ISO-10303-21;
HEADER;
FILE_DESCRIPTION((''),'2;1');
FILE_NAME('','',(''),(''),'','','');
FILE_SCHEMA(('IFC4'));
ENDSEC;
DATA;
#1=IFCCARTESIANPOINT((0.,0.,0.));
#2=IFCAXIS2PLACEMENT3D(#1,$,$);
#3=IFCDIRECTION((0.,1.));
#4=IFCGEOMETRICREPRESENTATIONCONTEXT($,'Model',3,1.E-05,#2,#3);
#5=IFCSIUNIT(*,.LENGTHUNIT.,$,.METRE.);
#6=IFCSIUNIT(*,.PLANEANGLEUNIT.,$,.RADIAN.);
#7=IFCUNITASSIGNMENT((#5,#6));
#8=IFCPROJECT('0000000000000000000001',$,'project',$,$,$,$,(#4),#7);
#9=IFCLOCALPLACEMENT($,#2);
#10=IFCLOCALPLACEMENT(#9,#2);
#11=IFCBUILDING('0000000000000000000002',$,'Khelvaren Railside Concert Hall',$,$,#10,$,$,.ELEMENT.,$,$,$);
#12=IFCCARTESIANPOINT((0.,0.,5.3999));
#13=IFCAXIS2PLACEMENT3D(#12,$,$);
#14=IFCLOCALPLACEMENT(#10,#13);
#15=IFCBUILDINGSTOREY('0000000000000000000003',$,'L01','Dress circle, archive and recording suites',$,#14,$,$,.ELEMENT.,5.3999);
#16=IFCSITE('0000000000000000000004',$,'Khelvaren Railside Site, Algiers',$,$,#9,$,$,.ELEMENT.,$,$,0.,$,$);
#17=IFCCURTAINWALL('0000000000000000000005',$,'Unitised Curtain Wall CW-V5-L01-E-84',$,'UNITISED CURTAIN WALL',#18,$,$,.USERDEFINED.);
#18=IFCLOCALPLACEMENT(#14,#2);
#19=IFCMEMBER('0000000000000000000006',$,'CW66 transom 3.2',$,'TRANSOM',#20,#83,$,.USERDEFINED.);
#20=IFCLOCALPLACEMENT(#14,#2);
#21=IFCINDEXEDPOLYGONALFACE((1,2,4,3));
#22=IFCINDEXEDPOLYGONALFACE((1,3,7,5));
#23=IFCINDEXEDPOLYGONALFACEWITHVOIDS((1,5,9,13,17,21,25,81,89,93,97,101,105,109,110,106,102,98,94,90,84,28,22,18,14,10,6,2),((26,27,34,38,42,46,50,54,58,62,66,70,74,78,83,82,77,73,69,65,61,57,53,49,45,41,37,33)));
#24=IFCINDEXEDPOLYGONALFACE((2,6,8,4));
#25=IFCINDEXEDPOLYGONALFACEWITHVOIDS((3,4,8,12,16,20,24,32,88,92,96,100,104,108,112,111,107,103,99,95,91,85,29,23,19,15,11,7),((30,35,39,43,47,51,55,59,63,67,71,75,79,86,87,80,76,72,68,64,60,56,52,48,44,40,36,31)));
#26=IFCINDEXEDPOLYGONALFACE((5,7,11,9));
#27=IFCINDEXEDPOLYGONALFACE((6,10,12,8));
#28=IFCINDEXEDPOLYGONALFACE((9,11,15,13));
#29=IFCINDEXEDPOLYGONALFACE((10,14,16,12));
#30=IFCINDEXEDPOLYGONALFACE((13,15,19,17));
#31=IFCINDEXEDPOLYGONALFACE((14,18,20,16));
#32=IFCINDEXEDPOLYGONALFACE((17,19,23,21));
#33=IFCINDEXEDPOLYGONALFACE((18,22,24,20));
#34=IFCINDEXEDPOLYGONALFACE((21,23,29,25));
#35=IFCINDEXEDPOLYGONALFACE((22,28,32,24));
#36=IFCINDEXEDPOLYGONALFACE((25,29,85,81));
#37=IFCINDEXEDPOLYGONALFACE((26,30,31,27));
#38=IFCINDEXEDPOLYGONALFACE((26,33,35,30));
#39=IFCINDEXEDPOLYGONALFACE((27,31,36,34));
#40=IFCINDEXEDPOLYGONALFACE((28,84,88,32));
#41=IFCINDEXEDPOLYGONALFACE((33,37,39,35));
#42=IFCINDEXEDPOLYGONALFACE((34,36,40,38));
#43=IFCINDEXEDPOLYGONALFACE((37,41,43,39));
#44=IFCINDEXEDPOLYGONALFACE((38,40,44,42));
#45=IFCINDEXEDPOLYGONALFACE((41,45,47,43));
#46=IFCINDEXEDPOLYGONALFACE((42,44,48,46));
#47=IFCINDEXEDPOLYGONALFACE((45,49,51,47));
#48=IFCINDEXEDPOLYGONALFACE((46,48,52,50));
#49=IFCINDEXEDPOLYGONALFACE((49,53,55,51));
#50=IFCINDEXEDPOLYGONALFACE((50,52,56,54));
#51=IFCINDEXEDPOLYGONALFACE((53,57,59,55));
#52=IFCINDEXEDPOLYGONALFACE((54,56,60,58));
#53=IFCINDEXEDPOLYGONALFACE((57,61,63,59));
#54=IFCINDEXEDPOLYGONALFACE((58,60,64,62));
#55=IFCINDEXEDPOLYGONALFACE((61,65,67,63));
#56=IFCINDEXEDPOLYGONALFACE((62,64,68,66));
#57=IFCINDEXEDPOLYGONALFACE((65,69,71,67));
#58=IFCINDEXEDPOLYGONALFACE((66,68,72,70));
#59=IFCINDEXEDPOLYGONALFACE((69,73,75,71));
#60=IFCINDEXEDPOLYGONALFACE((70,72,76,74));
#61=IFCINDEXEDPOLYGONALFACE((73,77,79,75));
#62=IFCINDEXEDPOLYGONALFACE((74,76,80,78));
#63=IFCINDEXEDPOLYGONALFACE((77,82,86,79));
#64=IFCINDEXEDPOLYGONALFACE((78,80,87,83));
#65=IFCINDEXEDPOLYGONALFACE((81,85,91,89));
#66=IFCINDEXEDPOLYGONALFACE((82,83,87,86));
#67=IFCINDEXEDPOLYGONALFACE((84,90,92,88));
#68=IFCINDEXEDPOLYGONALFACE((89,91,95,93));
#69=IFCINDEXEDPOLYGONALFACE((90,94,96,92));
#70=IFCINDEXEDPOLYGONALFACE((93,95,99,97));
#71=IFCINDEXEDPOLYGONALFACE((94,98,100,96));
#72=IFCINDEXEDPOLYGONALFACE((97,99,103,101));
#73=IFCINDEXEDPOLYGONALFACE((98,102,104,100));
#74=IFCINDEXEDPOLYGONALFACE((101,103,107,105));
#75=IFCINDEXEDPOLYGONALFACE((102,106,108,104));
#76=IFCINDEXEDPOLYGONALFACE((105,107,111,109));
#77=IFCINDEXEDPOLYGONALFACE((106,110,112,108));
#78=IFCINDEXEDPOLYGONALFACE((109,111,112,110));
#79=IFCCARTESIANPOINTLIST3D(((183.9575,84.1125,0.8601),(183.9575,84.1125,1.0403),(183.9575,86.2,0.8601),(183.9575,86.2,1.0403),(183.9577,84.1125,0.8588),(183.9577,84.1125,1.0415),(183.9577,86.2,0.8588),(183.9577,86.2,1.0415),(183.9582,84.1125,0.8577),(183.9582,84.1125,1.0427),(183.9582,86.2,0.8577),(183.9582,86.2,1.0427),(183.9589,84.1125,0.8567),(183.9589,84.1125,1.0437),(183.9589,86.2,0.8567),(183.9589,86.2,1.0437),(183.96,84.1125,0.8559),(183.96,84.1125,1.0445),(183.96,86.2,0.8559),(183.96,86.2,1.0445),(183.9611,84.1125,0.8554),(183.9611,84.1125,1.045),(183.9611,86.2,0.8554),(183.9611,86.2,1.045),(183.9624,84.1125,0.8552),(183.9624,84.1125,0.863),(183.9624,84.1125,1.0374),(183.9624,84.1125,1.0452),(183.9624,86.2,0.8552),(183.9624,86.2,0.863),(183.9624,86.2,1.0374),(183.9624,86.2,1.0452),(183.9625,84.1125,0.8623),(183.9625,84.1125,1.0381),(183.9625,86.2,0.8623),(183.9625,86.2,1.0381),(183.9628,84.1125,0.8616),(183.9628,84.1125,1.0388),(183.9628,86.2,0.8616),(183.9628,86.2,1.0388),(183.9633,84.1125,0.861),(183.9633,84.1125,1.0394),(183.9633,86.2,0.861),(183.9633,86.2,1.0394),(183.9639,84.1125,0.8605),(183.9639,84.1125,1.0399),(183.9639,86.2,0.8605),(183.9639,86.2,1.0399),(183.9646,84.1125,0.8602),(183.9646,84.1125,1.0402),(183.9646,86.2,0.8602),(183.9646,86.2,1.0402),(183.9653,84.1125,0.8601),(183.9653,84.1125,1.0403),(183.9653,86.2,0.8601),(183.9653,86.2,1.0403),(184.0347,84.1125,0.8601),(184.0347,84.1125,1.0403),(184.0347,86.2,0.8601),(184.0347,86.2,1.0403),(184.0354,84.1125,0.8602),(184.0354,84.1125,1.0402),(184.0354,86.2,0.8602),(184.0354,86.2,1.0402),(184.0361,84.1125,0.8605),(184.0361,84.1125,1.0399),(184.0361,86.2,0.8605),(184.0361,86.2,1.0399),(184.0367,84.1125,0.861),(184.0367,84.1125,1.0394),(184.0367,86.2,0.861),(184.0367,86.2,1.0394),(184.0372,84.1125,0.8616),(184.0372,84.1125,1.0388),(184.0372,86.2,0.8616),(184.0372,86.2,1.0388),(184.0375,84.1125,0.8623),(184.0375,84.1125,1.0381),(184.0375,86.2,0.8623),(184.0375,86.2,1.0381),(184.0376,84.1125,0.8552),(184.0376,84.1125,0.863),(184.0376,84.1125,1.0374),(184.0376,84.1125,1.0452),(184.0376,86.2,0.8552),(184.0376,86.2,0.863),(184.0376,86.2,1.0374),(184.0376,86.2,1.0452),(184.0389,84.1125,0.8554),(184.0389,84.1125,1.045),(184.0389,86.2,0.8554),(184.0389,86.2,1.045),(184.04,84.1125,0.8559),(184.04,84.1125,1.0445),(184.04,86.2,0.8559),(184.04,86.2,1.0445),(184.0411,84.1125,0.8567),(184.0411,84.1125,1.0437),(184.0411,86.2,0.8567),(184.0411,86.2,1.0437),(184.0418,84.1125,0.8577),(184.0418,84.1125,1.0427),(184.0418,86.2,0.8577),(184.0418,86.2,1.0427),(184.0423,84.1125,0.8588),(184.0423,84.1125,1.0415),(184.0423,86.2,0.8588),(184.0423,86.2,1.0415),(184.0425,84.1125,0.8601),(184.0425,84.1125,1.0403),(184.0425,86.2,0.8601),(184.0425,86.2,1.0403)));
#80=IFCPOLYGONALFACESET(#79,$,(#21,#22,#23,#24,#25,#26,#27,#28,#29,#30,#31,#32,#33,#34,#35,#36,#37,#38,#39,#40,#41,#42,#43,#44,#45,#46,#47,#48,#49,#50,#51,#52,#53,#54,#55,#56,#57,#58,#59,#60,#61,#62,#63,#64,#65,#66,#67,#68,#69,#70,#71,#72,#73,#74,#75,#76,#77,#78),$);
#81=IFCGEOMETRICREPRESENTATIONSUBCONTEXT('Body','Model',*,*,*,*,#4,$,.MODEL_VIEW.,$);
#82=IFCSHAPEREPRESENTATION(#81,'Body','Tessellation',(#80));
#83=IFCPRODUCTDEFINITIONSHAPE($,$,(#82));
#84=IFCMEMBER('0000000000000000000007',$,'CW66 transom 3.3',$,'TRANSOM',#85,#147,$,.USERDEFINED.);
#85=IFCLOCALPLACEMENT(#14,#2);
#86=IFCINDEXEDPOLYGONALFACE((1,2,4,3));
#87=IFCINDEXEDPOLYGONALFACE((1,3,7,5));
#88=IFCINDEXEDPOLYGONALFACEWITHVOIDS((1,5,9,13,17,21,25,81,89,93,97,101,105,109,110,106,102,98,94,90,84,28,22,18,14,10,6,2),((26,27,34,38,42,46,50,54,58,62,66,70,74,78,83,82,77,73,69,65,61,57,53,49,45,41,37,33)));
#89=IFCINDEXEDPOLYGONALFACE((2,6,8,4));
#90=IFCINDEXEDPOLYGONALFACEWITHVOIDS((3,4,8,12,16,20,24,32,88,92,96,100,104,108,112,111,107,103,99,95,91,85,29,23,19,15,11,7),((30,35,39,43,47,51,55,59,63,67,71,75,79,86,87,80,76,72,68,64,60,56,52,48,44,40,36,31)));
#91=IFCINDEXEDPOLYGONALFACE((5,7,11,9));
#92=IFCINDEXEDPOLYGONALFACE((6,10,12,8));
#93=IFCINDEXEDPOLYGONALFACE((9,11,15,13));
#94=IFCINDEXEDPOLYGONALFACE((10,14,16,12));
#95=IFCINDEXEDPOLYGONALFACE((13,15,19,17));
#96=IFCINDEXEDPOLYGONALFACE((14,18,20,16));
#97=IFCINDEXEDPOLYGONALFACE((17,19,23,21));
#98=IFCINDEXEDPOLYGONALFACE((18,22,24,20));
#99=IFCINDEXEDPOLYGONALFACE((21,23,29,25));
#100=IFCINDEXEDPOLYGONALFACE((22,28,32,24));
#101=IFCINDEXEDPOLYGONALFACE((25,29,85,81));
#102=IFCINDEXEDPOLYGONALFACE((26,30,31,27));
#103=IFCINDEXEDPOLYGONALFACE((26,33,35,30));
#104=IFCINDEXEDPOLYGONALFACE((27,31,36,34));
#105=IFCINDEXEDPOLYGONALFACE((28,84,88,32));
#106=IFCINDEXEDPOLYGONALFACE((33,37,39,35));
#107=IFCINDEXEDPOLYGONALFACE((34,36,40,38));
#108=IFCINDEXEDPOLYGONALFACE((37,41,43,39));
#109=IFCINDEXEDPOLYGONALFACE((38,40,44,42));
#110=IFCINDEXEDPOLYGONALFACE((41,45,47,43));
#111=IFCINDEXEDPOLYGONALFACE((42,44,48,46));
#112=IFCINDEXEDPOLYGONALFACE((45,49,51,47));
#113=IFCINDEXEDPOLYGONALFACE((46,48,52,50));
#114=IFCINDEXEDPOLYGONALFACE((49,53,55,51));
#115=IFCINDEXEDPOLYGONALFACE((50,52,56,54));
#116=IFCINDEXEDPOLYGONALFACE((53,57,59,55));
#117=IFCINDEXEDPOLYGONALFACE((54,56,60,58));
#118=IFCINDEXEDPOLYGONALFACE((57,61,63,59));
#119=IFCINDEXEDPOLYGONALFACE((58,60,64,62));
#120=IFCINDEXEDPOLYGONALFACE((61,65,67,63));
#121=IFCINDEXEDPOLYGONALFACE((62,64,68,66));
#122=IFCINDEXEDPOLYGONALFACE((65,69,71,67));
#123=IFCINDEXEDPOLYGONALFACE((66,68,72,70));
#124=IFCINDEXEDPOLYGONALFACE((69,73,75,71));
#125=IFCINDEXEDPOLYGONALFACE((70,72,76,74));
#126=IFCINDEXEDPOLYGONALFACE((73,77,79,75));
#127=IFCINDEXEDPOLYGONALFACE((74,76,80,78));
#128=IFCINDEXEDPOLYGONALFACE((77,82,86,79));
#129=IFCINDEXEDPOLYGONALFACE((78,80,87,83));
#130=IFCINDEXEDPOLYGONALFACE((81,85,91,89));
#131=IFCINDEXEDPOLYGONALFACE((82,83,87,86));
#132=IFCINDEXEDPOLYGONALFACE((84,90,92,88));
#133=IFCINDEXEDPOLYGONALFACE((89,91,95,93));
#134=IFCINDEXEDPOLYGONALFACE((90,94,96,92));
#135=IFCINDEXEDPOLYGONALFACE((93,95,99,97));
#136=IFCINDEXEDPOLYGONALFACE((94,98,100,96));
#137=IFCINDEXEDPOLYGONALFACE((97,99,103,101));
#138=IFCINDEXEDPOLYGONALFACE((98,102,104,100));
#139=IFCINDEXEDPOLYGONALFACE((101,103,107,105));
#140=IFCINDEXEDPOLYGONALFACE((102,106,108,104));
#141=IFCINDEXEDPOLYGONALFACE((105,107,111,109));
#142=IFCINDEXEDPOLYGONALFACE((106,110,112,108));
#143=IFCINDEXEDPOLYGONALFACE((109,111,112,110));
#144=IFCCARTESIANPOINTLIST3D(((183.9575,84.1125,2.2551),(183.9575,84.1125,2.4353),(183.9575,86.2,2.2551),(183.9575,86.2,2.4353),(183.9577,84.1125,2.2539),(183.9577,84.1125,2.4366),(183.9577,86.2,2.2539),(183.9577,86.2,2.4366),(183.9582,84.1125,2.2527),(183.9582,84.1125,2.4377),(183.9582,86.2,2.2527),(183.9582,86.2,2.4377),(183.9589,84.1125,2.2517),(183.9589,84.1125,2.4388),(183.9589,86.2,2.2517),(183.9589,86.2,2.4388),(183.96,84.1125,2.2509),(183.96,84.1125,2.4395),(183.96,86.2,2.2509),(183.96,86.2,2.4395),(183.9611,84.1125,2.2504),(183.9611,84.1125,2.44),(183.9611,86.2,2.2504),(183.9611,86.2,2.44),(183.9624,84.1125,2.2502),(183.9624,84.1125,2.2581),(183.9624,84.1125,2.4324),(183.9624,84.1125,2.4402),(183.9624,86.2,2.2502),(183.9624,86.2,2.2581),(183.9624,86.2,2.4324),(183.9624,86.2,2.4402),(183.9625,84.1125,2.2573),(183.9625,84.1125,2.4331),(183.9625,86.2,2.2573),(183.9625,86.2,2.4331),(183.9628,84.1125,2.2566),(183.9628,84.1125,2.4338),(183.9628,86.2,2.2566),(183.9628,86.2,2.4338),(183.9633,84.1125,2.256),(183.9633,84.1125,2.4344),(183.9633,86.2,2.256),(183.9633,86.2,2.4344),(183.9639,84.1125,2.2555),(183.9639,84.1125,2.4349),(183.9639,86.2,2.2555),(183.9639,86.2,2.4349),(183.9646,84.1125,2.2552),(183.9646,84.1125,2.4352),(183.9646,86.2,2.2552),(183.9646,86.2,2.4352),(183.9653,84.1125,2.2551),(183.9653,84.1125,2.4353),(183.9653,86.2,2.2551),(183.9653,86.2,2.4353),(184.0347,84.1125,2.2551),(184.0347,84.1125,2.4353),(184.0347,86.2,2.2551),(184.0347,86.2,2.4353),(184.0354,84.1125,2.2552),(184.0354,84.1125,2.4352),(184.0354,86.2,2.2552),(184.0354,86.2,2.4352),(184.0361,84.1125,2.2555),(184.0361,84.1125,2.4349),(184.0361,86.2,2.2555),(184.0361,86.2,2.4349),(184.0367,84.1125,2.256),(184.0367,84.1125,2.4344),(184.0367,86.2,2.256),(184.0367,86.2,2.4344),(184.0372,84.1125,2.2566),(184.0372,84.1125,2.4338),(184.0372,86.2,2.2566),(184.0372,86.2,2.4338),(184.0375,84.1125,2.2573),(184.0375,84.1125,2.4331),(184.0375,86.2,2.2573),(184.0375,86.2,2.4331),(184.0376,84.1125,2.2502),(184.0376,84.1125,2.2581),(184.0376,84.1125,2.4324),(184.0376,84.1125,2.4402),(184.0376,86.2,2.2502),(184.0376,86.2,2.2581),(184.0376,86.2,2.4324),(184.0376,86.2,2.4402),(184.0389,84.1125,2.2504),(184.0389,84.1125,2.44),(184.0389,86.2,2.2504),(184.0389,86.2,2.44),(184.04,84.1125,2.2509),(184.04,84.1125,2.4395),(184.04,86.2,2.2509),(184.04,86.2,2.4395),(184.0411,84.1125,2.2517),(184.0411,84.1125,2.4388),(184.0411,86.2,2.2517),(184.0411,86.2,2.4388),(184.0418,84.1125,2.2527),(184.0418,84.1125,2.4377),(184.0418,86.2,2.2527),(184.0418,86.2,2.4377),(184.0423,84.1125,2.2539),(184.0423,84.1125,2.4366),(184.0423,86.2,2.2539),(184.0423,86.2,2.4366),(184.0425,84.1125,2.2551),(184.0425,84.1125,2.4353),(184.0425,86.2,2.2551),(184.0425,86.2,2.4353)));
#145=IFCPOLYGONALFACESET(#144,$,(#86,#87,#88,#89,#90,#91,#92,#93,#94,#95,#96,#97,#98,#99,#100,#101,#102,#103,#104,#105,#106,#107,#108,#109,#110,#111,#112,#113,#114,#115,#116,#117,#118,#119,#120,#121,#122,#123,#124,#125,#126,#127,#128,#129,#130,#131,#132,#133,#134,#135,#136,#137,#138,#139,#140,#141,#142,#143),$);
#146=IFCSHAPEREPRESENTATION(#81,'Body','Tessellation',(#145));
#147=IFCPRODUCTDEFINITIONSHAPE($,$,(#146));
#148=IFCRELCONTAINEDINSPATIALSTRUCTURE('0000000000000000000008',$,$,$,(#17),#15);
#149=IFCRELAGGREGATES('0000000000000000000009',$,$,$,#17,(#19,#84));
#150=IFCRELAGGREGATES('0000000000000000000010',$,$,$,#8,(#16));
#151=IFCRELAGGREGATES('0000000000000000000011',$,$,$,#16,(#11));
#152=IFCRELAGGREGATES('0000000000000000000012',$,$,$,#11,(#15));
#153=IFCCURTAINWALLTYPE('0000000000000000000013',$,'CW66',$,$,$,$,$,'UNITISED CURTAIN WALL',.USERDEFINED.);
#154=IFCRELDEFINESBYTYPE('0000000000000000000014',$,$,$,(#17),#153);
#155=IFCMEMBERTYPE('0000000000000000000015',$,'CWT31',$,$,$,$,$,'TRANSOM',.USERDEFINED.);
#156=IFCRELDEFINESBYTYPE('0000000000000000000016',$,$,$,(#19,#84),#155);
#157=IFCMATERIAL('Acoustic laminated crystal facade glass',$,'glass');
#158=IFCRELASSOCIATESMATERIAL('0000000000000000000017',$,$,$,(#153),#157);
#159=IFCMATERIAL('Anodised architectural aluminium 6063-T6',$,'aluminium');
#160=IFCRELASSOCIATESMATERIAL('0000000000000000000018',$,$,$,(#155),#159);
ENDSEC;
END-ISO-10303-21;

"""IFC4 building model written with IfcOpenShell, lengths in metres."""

from ifc_helpers import new_model, si_unit, direction, frame, origin, origin_2d, place, context, subcontext, project, spatial, hollow_rectangle, extrude, material, material_profile, profile_set, type_object, element, aggregate, save


model = new_model("IFC4")

# Units and contexts
model_context = context("Model", 3, precision=1e-05, world=origin(), true_north=direction((0.0, 1.0)))
body_context = subcontext(model_context, "Body", "Model", "MODEL_VIEW")
ifc_project = project(units=[si_unit("LENGTHUNIT", "METRE"), si_unit("PLANEANGLEUNIT", "RADIAN")], contexts=[model_context])

# Site, building, storey
site_placement = place(None, origin())
site = spatial("IfcSite", under=ifc_project, at=site_placement, Name="Khelvaren Railside Site, Algiers", CompositionType="ELEMENT", RefElevation=0.0)
building_placement = place(site_placement, origin())
building = spatial("IfcBuilding", under=site, at=building_placement, Name="Khelvaren Railside Concert Hall", CompositionType="ELEMENT")
storey_placement = place(building_placement, frame((0.0, 0.0, 5.3999)))
storey = spatial("IfcBuildingStorey", under=building, at=storey_placement, Name="L01", Description="Dress circle, archive and recording suites", CompositionType="ELEMENT", Elevation=5.3999)

# Curtain wall
ifc_material_1 = material(Name="Acoustic laminated crystal facade glass", Category="glass")
ifc_material_2 = material(Name="Anodised architectural aluminium 6063-T6", Category="aluminium")
curtain_wall_type_1 = type_object("IfcCurtainWallType", Name="CW66", ElementType="UNITISED CURTAIN WALL", PredefinedType="USERDEFINED", material=ifc_material_1)
curtain_wall_1_placement = place(storey_placement, origin())
curtain_wall_1 = element("IfcCurtainWall", 1, at=curtain_wall_1_placement, inside=storey, type_object=curtain_wall_type_1, Name="Unitised Curtain Wall CW-V5-L01-E-84", ObjectType="UNITISED CURTAIN WALL", PredefinedType="USERDEFINED")

# Members
ifc_material_profile_1 = material_profile(ifc_material_2, hollow_rectangle(XDim=0.085, YDim=0.1899, WallThickness=0.0049, InnerFilletRadius=0.0029, OuterFilletRadius=0.0049, at=origin_2d()), Name="CWT 85x190x5")
ifc_profile_set_1 = profile_set([ifc_material_profile_1], Name="Anodised architectural aluminium 6063-T6")
member_type_1 = type_object("IfcMemberType", Name="CWT31", ElementType="TRANSOM", PredefinedType="USERDEFINED", material=ifc_profile_set_1)
member_1_placement = place(storey_placement, frame((184.0, 86.2, 0.9502), z_axis=(0.0, -1.0, 0.0), x_axis=(1.0, 0.0, 0.0)))
member_1 = element("IfcMember", 2, at=member_1_placement, type_object=member_type_1, Name="CW66 transom 3.2", ObjectType="TRANSOM", PredefinedType="USERDEFINED", context=body_context, shape_type="SweptSolid", body=[
    extrude(hollow_rectangle(XDim=0.085, YDim=0.1899, WallThickness=0.0049, InnerFilletRadius=0.0029, OuterFilletRadius=0.0049, at=origin_2d()), origin(), (0.0, 0.0, 1.0), 2.0874),
])
member_2_placement = place(storey_placement, frame((184.0, 86.2, 2.3452), z_axis=(0.0, -1.0, 0.0), x_axis=(1.0, 0.0, 0.0)))
member_2 = element("IfcMember", 3, at=member_2_placement, type_object=member_type_1, Name="CW66 transom 3.3", ObjectType="TRANSOM", PredefinedType="USERDEFINED", context=body_context, shape_type="SweptSolid", body=[
    extrude(hollow_rectangle(XDim=0.085, YDim=0.1899, WallThickness=0.0049, InnerFilletRadius=0.0029, OuterFilletRadius=0.0049, at=origin_2d()), origin(), (0.0, 0.0, 1.0), 2.0874),
])

aggregate(curtain_wall_1, [member_1, member_2])

save(model, "model.ifc")
